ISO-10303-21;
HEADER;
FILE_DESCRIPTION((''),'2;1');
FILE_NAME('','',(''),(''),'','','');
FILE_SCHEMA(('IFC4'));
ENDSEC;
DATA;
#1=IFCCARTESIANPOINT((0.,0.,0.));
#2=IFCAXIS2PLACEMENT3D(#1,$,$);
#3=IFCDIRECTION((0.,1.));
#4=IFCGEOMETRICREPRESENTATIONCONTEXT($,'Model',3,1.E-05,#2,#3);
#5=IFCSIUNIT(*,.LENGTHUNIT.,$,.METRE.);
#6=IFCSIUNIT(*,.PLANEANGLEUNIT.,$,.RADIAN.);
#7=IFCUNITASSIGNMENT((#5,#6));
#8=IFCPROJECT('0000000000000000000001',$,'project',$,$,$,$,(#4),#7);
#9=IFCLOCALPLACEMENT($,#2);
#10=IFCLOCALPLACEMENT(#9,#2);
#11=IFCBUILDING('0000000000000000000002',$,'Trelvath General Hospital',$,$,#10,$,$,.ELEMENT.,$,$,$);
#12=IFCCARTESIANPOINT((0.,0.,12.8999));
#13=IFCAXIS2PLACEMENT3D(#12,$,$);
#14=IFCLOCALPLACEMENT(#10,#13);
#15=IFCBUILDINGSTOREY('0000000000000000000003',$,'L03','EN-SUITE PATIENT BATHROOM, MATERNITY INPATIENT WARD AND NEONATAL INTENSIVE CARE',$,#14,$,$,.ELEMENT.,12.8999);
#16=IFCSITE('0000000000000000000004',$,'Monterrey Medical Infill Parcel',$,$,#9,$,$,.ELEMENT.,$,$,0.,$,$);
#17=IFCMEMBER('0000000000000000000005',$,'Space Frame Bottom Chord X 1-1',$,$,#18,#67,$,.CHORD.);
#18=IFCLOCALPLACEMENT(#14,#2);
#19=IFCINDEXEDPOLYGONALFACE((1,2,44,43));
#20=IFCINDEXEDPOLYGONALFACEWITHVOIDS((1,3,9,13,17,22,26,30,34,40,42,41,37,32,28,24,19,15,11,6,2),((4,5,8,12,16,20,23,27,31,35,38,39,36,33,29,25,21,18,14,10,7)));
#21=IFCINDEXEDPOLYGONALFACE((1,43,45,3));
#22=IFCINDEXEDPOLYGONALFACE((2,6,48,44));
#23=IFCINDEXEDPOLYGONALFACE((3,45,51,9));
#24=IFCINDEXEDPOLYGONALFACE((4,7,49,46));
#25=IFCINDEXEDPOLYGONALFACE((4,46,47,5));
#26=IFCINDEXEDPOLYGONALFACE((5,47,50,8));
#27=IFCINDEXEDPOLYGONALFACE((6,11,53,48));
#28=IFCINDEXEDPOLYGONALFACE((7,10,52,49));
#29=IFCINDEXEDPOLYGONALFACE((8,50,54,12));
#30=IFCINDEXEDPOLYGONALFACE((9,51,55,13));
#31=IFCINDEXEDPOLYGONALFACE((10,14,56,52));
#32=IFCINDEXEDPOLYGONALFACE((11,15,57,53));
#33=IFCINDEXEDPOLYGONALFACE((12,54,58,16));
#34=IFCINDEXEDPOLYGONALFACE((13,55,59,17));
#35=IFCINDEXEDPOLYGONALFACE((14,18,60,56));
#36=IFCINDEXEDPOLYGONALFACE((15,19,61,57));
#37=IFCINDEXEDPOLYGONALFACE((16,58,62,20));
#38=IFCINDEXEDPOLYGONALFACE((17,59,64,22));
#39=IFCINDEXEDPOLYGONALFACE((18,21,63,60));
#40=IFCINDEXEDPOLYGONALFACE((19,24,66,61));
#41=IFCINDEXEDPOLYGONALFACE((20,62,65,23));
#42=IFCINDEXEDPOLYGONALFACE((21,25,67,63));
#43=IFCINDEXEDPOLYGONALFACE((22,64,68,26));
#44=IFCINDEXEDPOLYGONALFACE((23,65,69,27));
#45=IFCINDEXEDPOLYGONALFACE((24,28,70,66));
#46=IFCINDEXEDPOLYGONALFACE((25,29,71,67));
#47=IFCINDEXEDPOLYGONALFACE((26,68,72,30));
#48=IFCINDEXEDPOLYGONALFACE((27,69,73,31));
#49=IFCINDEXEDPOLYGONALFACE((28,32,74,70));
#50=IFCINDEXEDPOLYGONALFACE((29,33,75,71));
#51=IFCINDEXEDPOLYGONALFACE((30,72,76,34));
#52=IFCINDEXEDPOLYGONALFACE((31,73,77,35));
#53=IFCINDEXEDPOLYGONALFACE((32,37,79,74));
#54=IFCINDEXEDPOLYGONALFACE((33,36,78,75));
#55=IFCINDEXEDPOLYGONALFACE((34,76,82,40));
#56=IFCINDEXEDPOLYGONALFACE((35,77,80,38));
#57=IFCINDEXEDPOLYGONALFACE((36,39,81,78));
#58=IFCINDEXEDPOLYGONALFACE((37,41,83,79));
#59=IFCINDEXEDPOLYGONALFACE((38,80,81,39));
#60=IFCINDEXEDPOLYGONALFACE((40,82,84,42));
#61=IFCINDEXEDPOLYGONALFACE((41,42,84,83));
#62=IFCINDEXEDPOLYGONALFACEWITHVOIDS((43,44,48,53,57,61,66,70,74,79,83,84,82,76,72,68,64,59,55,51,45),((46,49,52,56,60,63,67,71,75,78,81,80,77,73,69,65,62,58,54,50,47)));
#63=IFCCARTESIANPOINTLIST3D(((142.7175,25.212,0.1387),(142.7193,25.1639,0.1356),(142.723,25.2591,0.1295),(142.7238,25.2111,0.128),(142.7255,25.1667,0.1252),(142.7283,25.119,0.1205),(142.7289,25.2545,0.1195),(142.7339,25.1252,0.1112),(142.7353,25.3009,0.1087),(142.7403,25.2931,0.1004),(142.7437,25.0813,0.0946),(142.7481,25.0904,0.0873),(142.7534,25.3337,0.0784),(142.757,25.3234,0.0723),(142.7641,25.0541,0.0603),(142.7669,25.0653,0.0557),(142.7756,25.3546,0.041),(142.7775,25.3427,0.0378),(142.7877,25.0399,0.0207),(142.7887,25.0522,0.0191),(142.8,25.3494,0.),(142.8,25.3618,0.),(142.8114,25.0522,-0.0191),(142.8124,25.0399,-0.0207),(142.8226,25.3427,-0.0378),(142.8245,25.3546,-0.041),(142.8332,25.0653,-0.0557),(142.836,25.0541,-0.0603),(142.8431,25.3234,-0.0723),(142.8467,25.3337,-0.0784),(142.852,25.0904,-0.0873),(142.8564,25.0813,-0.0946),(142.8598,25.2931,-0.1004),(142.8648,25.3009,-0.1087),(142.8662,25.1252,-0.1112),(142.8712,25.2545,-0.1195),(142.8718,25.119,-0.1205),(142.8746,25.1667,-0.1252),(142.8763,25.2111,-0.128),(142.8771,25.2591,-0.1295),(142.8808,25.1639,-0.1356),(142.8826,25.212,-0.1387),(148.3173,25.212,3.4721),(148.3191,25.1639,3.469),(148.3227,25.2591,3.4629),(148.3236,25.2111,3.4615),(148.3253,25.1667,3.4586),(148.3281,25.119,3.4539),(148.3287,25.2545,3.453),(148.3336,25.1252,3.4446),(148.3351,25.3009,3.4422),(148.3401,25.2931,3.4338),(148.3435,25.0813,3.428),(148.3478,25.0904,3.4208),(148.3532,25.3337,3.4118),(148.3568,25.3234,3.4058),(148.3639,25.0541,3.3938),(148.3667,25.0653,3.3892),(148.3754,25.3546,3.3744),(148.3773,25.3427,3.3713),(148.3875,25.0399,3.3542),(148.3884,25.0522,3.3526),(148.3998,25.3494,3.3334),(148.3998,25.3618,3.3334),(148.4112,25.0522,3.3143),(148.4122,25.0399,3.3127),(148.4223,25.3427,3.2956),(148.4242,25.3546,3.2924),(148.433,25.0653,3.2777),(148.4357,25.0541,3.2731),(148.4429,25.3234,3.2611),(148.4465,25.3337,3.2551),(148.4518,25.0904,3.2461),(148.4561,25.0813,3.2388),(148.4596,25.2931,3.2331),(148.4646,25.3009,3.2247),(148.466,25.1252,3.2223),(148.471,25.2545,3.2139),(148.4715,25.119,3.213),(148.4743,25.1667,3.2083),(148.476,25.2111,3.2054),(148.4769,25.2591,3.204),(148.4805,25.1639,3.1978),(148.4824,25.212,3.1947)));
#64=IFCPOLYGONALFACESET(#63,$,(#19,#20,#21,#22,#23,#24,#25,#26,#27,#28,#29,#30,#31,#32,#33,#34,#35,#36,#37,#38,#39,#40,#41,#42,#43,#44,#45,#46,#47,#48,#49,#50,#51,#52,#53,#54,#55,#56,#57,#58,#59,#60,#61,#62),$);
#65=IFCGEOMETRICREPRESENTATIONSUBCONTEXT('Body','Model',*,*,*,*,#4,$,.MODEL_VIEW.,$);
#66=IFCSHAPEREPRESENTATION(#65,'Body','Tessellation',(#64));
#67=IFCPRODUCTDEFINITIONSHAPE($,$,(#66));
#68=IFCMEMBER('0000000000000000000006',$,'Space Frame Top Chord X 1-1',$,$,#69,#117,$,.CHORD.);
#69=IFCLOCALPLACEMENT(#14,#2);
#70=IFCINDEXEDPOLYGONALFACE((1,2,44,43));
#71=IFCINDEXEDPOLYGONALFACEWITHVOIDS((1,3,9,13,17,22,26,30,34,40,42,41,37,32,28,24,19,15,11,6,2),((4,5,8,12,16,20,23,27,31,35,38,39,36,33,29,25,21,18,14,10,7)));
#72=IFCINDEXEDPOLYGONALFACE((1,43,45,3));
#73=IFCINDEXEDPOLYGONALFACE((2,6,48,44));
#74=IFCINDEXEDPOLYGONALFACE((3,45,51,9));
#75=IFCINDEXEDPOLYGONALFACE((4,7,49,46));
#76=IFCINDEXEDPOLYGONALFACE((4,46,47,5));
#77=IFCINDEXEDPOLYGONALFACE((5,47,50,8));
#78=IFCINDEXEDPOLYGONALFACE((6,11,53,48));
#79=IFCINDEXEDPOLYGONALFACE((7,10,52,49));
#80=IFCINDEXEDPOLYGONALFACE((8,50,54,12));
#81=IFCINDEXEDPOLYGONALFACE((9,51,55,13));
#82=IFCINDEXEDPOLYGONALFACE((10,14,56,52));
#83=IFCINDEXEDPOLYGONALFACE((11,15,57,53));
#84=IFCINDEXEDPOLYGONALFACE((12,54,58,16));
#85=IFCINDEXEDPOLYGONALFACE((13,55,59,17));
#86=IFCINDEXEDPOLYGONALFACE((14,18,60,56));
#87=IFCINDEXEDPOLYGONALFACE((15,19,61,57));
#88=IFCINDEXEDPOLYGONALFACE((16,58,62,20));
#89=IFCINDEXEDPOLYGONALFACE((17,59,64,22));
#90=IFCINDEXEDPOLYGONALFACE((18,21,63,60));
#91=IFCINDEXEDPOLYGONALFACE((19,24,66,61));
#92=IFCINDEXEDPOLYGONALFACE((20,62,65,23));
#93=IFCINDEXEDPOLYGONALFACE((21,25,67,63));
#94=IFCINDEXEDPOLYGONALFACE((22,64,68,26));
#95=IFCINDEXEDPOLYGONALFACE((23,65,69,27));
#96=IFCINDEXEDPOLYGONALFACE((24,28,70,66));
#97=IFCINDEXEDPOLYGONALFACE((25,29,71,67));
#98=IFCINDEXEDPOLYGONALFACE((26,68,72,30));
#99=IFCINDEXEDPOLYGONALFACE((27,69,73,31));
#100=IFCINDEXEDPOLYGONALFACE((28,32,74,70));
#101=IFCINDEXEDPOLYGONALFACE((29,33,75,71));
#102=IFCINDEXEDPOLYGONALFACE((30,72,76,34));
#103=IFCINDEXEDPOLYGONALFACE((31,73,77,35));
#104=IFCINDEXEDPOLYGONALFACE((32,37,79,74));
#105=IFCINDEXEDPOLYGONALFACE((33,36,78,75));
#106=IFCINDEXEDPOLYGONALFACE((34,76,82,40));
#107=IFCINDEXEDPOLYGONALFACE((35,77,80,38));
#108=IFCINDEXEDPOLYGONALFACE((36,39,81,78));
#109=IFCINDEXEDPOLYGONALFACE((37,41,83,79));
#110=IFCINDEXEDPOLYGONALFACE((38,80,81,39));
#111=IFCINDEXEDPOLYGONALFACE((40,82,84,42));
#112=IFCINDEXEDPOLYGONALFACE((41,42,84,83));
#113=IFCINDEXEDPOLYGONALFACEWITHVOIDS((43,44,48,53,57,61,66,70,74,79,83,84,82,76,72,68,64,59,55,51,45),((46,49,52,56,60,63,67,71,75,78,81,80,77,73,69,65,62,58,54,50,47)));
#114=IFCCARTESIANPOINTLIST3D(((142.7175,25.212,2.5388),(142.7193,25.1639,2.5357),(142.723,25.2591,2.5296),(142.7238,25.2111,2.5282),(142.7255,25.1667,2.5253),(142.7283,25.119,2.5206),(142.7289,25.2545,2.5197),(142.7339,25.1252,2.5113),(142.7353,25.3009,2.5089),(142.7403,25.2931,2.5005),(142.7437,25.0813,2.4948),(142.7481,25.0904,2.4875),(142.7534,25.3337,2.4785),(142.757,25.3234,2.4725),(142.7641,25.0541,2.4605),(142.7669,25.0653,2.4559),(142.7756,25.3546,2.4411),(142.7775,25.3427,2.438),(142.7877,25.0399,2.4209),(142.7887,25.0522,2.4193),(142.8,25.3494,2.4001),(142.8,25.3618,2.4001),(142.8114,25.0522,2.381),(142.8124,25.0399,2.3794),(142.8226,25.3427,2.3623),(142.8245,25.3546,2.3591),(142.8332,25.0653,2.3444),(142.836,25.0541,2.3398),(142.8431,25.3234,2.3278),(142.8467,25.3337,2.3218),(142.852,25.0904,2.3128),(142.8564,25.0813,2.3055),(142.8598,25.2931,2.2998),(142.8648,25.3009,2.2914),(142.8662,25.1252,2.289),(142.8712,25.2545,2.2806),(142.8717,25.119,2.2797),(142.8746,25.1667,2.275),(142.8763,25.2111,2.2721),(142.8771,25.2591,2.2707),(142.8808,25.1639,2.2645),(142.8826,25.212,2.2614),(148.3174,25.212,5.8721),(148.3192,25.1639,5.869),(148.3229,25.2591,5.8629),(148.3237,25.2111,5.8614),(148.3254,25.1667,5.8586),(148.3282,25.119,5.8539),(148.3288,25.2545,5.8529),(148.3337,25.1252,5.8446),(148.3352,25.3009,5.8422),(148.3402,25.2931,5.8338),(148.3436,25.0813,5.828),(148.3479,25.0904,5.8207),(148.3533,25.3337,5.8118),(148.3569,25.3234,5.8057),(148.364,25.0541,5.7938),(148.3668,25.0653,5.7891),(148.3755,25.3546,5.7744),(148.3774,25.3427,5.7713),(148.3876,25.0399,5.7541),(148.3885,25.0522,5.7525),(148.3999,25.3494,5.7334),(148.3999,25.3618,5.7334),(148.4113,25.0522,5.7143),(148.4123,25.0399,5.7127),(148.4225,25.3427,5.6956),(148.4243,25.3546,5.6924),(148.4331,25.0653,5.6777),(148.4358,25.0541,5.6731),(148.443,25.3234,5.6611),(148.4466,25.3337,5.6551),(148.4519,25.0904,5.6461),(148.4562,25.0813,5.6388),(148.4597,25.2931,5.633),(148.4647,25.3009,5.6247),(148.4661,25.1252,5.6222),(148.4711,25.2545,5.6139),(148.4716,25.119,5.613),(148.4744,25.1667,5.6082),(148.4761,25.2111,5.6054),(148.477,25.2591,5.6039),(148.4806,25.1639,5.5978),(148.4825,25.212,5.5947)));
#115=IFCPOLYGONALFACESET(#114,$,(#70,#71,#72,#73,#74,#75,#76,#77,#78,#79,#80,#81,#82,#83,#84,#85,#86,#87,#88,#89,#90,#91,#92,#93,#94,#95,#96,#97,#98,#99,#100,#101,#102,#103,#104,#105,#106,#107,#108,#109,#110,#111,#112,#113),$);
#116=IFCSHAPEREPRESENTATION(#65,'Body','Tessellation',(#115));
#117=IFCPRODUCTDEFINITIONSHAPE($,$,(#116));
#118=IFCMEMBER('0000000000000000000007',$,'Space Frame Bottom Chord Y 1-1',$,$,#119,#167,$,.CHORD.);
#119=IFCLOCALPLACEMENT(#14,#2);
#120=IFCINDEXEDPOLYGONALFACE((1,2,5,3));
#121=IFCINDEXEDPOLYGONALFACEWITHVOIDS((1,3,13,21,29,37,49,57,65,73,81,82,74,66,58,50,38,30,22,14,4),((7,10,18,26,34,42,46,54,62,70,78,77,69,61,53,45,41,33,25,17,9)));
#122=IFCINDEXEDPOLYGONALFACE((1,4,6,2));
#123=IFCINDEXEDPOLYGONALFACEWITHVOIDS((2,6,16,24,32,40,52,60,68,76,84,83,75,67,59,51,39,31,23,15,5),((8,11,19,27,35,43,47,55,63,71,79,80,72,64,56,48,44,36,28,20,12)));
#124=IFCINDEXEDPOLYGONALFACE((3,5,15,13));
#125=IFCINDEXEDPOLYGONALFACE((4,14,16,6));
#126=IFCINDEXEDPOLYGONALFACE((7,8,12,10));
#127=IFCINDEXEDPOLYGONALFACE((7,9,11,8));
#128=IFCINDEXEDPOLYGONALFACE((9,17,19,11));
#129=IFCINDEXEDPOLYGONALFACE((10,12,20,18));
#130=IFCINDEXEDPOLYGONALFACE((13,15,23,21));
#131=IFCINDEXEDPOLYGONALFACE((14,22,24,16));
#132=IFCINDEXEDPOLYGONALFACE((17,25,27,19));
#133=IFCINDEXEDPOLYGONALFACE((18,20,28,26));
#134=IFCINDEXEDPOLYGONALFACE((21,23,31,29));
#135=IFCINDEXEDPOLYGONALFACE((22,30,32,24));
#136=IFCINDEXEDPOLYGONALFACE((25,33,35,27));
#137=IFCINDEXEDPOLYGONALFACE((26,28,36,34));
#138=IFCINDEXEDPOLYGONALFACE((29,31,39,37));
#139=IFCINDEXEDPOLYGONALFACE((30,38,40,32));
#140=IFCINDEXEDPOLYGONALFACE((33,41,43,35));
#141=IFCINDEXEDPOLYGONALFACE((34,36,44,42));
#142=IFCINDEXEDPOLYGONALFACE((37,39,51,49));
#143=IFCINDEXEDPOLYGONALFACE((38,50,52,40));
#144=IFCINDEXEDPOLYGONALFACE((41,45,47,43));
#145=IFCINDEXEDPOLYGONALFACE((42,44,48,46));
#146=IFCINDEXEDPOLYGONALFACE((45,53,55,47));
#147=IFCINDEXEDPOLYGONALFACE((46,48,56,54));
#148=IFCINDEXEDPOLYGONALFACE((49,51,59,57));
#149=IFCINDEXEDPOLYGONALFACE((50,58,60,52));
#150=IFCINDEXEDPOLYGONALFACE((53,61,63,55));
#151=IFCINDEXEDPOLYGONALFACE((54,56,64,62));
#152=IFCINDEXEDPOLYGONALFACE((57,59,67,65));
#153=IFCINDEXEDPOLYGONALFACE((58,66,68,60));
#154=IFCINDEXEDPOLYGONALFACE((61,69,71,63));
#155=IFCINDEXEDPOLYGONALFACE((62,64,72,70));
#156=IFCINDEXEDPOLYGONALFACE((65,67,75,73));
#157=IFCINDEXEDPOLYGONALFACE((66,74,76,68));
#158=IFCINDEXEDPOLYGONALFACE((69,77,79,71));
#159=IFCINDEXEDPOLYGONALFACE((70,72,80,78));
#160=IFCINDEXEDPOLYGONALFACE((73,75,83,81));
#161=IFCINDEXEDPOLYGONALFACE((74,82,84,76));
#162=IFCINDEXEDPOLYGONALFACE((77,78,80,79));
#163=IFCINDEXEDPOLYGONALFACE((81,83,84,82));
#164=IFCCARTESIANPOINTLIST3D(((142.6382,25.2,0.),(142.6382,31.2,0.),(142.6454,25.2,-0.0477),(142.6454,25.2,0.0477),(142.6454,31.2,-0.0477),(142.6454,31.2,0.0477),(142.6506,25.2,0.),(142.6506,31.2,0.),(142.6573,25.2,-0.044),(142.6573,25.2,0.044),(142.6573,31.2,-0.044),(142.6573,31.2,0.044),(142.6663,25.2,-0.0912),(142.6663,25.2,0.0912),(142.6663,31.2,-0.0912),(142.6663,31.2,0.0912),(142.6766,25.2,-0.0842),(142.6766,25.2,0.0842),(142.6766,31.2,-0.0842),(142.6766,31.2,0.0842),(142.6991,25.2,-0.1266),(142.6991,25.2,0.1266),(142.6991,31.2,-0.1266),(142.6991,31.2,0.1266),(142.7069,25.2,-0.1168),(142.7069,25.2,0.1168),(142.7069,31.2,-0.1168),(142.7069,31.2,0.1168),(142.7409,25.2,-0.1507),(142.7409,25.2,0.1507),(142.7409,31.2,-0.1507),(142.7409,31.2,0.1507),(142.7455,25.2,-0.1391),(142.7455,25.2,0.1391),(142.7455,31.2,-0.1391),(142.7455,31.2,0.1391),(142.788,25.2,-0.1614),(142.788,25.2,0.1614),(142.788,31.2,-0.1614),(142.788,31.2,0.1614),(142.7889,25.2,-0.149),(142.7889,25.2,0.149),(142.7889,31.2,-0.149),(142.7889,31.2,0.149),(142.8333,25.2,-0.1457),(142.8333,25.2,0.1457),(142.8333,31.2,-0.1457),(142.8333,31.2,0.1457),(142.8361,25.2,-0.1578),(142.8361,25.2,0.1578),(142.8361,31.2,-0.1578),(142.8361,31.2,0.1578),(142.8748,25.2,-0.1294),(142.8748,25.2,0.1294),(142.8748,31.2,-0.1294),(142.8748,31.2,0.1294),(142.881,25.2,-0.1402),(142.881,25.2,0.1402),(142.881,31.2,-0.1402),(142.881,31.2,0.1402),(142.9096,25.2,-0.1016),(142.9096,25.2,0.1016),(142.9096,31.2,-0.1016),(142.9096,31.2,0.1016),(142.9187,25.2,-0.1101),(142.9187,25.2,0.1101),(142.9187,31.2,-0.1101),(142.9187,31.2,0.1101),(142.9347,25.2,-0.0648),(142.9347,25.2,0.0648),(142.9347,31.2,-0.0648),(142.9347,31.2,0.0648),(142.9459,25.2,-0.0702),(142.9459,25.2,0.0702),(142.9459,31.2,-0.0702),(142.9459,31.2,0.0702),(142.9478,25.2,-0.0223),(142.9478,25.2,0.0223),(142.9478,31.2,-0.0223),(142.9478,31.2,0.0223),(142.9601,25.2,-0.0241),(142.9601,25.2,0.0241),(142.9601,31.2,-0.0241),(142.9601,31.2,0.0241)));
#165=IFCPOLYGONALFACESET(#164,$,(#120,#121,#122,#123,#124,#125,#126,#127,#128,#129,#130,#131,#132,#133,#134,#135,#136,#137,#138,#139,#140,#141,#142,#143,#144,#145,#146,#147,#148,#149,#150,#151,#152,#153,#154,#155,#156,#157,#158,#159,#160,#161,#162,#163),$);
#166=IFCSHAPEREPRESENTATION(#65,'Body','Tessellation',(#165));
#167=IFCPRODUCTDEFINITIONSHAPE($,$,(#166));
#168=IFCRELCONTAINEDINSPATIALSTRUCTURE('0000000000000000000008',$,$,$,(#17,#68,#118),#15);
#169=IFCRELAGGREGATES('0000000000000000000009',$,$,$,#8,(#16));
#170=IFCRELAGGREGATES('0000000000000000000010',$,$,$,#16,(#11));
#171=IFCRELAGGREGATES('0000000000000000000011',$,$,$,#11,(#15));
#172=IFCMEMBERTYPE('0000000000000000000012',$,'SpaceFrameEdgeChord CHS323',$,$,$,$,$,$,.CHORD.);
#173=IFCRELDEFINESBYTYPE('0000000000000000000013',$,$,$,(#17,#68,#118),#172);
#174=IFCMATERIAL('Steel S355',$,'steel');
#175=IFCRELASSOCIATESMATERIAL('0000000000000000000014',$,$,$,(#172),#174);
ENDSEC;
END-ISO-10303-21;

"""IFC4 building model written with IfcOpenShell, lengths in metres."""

from ifc_helpers import new_model, si_unit, direction, frame, origin, origin_2d, place, context, subcontext, project, spatial, hollow_circle, extrude, material, material_profile, profile_set, type_object, element, save


model = new_model("IFC4")

# Units and contexts
model_context = context("Model", 3, precision=1e-05, world=origin(), true_north=direction((0.0, 1.0)))
body_context = subcontext(model_context, "Body", "Model", "MODEL_VIEW")
ifc_project = project(units=[si_unit("LENGTHUNIT", "METRE"), si_unit("PLANEANGLEUNIT", "RADIAN")], contexts=[model_context])

# Site, building, storey
site_placement = place(None, origin())
site = spatial("IfcSite", under=ifc_project, at=site_placement, Name="Monterrey Medical Infill Parcel", CompositionType="ELEMENT", RefElevation=0.0)
building_placement = place(site_placement, origin())
building = spatial("IfcBuilding", under=site, at=building_placement, Name="Trelvath General Hospital", CompositionType="ELEMENT")
storey_placement = place(building_placement, frame((0.0, 0.0, 12.8999)))
storey = spatial("IfcBuildingStorey", under=building, at=storey_placement, Name="L03", Description="EN-SUITE PATIENT BATHROOM, MATERNITY INPATIENT WARD AND NEONATAL INTENSIVE CARE", CompositionType="ELEMENT", Elevation=12.8999)

# Members
ifc_material_1 = material(Name="Steel S355", Category="steel")
ifc_material_profile_1 = material_profile(ifc_material_1, hollow_circle(Radius=0.1619, WallThickness=0.0125, at=origin_2d()), Name="CHS323.9x12.5")
ifc_profile_set_1 = profile_set([ifc_material_profile_1], Name="Steel S355")
member_type_1 = type_object("IfcMemberType", Name="SpaceFrameEdgeChord CHS323", PredefinedType="CHORD", material=ifc_profile_set_1)
for number, where, z_axis, x_axis, name in (
    (1, (142.8, 25.2, 0.0), (0.859276, 0.0, 0.511512), (0.0, 1.0, 0.0), "Space Frame Bottom Chord X 1-1"),
    (2, (142.8, 25.2, 2.4001), (0.859292, 0.0, 0.511485), (0.0, 1.0, 0.0), "Space Frame Top Chord X 1-1"),
):
    element("IfcMember", number, at=place(storey_placement, frame(where, z_axis=z_axis, x_axis=x_axis)), inside=storey, type_object=member_type_1, Name=name, PredefinedType="CHORD", context=body_context, shape_type="SweptSolid", body=[
        extrude(hollow_circle(Radius=0.1619, WallThickness=0.0125, at=origin_2d()), origin(), (0.0, 0.0, 1.0), 6.5168),
    ])
for number, where, z_axis, x_axis, name in (
    (3, (142.8, 25.2, 0.0), (0.0, 1.0, 0.0), (-1.0, 0.0, 0.0), "Space Frame Bottom Chord Y 1-1"),
):
    element("IfcMember", number, at=place(storey_placement, frame(where, z_axis=z_axis, x_axis=x_axis)), inside=storey, type_object=member_type_1, Name=name, PredefinedType="CHORD", context=body_context, shape_type="SweptSolid", body=[
        extrude(hollow_circle(Radius=0.1619, WallThickness=0.0125, at=origin_2d()), origin(), (0.0, 0.0, 1.0), 6.0),
    ])

save(model, "model.ifc")
